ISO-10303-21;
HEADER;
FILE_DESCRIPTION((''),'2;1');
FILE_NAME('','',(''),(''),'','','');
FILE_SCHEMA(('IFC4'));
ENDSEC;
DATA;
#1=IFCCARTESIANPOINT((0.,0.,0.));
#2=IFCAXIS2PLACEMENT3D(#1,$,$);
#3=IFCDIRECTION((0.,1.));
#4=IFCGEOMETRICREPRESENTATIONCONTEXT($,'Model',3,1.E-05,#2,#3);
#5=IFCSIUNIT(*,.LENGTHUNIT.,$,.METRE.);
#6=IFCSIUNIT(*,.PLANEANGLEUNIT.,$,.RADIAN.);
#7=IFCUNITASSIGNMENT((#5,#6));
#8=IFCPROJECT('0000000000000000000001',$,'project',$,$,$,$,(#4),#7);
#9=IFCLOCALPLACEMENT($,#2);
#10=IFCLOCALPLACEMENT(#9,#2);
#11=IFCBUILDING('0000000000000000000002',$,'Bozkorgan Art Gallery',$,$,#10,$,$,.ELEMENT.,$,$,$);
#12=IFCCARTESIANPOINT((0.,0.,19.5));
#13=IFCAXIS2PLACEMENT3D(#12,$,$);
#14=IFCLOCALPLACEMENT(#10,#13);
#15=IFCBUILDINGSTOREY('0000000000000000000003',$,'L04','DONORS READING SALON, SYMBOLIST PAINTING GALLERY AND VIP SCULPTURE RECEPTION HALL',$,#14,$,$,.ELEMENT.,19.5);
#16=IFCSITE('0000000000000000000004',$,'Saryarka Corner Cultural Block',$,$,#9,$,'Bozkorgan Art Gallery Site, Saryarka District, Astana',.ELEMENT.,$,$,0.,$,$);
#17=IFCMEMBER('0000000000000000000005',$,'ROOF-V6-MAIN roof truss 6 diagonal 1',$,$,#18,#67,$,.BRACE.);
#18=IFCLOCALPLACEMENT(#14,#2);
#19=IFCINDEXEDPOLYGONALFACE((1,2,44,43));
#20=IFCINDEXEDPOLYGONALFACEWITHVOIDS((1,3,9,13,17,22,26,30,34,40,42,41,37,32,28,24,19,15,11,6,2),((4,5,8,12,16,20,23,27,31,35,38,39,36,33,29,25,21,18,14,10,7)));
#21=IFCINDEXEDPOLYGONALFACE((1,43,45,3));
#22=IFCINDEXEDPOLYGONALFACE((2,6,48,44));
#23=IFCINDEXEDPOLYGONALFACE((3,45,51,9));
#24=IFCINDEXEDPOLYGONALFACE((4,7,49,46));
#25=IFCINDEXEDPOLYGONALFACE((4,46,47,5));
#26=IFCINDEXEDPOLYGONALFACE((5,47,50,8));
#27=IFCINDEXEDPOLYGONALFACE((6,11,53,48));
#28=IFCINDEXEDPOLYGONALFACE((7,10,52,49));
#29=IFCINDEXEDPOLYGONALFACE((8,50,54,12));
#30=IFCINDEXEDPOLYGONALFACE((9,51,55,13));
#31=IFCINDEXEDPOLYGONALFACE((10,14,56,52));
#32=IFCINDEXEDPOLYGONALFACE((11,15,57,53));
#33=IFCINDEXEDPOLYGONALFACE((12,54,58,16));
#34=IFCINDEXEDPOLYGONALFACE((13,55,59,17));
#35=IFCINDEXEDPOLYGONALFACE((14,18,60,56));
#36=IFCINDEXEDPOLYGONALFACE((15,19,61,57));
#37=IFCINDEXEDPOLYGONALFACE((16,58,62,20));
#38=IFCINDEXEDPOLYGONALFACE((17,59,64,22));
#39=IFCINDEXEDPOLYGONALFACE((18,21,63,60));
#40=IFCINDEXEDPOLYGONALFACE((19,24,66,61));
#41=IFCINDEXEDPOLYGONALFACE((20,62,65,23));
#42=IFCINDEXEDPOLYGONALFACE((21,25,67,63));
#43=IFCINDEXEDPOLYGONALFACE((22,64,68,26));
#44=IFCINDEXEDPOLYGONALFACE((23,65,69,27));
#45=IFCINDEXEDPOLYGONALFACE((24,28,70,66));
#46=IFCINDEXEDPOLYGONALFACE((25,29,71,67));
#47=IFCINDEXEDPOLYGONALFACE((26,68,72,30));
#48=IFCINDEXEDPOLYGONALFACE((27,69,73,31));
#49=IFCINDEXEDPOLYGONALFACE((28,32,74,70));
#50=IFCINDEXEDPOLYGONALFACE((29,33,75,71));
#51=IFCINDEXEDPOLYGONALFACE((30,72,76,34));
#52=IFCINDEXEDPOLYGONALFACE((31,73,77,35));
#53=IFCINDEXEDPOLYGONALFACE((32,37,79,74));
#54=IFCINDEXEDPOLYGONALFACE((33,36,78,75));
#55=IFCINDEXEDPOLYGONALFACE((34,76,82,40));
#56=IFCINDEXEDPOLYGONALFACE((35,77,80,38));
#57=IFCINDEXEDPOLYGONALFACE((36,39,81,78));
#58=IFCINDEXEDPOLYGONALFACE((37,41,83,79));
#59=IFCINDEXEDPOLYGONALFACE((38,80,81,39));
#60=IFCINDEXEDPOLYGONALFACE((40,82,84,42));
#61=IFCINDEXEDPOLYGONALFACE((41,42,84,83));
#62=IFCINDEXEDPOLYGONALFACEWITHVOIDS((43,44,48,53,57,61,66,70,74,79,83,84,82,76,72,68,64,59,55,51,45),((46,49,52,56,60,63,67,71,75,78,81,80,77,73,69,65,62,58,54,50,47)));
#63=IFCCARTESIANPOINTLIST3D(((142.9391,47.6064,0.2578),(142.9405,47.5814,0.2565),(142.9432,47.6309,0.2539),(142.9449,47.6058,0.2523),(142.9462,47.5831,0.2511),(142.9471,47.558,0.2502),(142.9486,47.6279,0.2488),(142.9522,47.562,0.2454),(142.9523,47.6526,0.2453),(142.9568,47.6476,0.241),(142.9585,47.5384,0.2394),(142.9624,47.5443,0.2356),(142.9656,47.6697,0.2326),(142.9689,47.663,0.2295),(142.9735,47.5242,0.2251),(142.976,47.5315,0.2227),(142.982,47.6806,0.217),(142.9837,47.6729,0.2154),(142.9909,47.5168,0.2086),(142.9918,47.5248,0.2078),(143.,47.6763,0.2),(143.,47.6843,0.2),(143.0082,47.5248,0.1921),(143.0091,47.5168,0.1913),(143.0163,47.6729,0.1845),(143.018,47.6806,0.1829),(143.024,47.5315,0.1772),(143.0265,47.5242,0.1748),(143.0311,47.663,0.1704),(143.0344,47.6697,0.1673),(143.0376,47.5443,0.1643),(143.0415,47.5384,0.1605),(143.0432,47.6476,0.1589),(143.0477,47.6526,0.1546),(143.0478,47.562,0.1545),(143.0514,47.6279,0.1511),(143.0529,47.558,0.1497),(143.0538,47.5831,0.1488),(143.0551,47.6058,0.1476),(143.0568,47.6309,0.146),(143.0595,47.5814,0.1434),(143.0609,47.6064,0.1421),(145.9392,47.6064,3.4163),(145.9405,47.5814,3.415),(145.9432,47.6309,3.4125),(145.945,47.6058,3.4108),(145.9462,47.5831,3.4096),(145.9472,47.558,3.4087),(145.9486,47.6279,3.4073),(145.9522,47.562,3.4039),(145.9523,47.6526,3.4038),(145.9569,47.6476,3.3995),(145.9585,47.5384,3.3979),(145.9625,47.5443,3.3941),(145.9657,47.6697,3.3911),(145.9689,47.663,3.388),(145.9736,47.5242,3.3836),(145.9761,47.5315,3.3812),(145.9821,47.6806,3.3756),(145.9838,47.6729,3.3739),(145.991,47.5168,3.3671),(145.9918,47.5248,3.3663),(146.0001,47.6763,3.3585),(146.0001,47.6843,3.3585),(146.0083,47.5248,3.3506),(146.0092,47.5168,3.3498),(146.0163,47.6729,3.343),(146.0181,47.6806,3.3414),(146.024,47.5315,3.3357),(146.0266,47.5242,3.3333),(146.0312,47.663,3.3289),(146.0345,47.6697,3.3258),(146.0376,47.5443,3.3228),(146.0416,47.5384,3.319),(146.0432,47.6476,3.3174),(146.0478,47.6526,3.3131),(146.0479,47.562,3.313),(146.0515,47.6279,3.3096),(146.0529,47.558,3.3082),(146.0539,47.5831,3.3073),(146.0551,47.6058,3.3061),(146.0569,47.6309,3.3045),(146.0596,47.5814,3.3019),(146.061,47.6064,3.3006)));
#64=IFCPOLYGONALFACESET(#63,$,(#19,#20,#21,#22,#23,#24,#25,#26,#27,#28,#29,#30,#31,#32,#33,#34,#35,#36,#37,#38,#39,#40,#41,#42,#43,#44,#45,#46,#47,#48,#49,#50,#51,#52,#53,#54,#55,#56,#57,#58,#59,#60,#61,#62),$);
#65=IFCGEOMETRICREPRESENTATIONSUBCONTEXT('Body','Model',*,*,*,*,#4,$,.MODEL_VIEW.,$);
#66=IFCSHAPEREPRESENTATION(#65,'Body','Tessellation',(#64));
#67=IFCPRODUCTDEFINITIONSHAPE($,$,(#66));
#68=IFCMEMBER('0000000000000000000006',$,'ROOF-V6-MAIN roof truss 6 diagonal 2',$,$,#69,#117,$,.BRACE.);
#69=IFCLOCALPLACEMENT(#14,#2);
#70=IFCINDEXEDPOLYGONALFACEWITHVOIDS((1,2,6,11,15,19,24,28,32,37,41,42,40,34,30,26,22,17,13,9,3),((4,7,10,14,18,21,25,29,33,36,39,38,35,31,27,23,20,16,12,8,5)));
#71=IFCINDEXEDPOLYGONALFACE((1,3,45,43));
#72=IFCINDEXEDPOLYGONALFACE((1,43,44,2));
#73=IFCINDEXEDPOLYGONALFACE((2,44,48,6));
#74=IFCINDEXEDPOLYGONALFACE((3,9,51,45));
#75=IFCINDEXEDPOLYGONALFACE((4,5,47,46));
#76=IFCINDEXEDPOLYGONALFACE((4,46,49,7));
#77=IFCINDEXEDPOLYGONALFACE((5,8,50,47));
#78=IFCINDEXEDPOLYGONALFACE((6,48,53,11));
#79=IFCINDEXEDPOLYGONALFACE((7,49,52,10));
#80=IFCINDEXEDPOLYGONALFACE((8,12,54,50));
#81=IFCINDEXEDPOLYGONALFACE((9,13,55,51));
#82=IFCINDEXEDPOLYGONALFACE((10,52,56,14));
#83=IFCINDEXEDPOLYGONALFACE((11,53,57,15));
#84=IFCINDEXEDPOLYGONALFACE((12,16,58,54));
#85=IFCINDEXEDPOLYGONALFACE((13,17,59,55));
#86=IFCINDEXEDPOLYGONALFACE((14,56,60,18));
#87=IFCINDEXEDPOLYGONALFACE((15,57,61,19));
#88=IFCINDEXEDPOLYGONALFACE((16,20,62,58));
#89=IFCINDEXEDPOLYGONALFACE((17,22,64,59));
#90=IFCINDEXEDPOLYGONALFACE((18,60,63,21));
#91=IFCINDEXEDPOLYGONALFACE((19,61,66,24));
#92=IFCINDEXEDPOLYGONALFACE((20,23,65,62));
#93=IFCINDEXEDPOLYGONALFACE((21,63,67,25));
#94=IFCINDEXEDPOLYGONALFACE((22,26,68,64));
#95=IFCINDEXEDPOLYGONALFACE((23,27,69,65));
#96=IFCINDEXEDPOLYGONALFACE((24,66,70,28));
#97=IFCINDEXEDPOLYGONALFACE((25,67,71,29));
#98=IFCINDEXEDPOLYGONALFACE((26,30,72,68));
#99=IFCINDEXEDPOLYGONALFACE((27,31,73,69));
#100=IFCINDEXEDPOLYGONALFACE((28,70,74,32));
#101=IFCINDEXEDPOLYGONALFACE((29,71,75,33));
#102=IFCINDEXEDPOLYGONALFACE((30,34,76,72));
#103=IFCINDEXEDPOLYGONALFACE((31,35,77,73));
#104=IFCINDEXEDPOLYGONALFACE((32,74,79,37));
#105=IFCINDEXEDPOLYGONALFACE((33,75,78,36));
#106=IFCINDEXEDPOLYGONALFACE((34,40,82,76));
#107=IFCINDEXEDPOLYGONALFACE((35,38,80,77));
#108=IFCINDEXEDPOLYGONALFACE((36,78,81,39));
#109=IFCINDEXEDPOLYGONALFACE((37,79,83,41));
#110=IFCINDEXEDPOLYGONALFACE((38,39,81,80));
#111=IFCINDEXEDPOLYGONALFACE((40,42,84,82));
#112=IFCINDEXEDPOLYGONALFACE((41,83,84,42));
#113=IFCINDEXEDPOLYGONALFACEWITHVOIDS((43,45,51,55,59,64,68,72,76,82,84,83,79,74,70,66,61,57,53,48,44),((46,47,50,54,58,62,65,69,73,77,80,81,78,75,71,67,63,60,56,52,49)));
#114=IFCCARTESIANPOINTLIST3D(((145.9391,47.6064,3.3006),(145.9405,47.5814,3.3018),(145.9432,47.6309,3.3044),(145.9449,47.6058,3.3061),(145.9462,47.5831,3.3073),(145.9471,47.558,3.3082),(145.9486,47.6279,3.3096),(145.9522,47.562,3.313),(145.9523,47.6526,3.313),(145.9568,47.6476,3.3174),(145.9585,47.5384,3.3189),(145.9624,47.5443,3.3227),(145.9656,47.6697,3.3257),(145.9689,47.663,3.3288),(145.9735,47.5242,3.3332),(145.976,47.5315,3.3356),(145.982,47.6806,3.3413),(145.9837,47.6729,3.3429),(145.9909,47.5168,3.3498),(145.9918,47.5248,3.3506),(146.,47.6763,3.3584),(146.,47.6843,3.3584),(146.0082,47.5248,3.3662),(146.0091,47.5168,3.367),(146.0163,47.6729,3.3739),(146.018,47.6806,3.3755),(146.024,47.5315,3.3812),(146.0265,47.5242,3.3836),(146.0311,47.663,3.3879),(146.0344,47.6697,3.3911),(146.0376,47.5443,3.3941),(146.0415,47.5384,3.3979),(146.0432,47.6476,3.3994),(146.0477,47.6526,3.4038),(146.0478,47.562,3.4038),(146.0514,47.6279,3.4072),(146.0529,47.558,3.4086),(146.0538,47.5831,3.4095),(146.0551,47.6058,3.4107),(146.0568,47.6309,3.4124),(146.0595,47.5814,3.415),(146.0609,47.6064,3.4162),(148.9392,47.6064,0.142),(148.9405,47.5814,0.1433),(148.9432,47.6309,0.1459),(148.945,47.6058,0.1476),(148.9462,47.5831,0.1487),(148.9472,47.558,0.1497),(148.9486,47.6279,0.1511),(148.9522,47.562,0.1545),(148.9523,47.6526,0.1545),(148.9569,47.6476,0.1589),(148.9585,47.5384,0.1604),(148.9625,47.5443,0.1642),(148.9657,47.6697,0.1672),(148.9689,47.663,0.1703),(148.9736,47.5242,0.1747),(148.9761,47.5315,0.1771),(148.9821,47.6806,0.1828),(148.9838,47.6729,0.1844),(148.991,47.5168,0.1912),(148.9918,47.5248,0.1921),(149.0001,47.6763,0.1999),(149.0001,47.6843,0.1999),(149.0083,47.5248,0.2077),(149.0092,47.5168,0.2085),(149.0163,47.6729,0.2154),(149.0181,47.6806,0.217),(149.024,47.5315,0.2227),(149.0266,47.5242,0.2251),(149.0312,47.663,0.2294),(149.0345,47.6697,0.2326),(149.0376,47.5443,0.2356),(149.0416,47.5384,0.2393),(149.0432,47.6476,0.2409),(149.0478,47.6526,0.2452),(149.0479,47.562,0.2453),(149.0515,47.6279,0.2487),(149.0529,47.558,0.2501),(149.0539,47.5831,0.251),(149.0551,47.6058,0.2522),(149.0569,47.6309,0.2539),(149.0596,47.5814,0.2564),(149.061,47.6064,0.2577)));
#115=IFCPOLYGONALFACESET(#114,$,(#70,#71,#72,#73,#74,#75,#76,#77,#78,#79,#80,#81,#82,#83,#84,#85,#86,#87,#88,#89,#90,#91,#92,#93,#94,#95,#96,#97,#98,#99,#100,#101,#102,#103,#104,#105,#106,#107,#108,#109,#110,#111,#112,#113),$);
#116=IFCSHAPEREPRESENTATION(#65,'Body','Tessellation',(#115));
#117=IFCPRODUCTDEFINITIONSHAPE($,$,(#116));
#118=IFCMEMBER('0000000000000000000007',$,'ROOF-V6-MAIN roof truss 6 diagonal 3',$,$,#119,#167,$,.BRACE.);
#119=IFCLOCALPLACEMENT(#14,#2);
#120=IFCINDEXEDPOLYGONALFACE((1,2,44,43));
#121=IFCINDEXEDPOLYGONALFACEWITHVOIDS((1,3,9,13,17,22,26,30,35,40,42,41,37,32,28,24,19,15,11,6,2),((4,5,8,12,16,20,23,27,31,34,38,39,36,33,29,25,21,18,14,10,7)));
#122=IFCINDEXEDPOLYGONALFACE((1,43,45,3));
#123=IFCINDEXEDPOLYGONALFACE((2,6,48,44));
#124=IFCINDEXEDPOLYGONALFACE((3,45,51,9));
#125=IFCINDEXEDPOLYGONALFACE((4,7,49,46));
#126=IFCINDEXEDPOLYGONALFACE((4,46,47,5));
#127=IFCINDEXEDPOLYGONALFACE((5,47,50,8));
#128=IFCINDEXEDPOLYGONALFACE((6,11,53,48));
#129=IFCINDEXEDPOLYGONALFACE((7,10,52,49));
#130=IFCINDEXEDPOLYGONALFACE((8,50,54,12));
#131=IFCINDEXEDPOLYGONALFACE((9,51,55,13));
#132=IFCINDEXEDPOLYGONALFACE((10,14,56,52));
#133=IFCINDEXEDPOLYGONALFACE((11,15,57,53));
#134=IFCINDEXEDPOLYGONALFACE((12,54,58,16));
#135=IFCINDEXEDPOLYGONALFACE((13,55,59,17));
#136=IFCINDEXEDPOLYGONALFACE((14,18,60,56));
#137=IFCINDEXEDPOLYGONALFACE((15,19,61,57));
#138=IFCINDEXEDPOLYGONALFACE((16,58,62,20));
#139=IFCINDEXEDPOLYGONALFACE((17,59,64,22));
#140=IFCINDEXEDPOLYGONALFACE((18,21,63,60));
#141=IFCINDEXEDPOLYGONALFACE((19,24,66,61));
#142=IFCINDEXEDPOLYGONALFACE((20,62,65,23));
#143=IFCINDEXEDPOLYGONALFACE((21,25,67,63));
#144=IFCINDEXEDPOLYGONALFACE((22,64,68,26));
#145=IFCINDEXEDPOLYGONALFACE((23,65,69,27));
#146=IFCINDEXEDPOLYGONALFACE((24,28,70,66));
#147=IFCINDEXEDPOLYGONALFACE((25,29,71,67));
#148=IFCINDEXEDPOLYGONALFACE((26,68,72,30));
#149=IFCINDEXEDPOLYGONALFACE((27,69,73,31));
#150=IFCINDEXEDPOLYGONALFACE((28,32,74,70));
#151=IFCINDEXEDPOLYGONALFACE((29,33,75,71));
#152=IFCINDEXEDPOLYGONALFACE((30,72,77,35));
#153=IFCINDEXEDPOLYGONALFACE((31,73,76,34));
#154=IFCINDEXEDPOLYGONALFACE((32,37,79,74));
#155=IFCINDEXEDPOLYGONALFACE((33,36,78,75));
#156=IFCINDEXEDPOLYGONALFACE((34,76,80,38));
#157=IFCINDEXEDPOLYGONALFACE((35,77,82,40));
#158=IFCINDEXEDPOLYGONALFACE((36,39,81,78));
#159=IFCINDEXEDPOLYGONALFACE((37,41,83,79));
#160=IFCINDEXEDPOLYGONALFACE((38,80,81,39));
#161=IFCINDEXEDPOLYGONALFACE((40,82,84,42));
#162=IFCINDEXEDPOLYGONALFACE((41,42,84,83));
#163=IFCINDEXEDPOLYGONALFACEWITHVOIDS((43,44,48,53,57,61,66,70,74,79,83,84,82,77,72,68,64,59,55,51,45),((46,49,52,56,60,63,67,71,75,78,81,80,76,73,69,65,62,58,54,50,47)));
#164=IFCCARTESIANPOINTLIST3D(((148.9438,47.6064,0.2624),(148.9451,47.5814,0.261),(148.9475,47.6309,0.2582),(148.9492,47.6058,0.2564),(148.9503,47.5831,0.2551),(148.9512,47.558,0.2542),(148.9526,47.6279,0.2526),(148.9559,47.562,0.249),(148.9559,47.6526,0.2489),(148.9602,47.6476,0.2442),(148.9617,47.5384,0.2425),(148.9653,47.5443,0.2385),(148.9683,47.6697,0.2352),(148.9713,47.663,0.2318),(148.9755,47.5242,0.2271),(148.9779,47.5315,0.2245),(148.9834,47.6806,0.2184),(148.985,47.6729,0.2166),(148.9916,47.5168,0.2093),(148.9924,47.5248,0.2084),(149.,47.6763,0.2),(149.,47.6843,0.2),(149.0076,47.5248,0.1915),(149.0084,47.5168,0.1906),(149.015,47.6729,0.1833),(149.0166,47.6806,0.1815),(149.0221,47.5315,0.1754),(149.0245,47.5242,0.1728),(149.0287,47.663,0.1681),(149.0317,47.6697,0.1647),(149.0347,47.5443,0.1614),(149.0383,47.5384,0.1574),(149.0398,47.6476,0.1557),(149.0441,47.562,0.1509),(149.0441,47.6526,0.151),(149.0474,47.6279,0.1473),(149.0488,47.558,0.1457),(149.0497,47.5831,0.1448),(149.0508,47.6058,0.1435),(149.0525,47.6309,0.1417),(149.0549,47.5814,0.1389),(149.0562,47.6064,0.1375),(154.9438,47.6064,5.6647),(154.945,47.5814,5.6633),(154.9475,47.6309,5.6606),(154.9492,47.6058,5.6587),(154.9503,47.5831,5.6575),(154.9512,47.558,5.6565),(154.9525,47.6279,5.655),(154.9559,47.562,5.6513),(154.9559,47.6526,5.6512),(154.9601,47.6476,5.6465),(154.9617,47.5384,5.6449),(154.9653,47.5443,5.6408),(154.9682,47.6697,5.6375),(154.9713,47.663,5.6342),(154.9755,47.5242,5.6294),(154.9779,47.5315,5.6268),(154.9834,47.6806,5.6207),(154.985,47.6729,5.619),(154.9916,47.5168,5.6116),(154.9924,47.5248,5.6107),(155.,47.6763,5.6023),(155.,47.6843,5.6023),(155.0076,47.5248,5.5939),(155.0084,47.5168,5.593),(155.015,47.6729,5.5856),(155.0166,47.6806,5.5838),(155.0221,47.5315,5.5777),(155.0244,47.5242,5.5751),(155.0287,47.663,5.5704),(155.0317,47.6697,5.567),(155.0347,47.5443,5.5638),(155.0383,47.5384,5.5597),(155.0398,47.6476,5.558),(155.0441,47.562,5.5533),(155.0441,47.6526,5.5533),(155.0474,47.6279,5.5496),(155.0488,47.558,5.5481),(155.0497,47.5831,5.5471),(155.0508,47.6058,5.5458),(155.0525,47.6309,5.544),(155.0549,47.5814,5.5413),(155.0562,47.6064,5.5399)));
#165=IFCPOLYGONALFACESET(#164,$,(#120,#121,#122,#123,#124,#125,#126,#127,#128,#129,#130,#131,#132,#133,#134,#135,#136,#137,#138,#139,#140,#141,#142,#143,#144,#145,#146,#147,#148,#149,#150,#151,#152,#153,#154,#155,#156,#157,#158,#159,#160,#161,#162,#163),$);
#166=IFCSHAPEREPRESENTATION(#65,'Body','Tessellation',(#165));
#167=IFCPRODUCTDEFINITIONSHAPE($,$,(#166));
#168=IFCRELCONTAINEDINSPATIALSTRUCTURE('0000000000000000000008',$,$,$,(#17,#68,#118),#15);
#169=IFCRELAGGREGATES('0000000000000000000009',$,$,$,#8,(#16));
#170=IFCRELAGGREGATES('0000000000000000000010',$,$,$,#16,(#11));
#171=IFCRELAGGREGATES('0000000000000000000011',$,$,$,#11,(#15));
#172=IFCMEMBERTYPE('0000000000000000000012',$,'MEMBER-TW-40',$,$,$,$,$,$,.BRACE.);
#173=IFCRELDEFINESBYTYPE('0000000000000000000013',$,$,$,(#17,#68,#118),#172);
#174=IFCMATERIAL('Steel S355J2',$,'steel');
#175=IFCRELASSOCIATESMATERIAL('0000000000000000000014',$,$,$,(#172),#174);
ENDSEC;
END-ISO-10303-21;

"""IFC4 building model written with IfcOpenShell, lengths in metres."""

from ifc_helpers import new_model, si_unit, direction, frame, origin, origin_2d, place, context, subcontext, project, spatial, hollow_circle, extrude, material, material_profile, profile_set, type_object, element, save


model = new_model("IFC4")

# Units and contexts
model_context = context("Model", 3, precision=1e-05, world=origin(), true_north=direction((0.0, 1.0)))
body_context = subcontext(model_context, "Body", "Model", "MODEL_VIEW")
ifc_project = project(units=[si_unit("LENGTHUNIT", "METRE"), si_unit("PLANEANGLEUNIT", "RADIAN")], contexts=[model_context])

# Site, building, storey
site_placement = place(None, origin())
site = spatial("IfcSite", under=ifc_project, at=site_placement, Name="Saryarka Corner Cultural Block", LongName="Bozkorgan Art Gallery Site, Saryarka District, Astana", CompositionType="ELEMENT", RefElevation=0.0)
building_placement = place(site_placement, origin())
building = spatial("IfcBuilding", under=site, at=building_placement, Name="Bozkorgan Art Gallery", CompositionType="ELEMENT")
storey_placement = place(building_placement, frame((0.0, 0.0, 19.5)))
storey = spatial("IfcBuildingStorey", under=building, at=storey_placement, Name="L04", Description="DONORS READING SALON, SYMBOLIST PAINTING GALLERY AND VIP SCULPTURE RECEPTION HALL", CompositionType="ELEMENT", Elevation=19.5)

# Shared definitions
ifc_material = material(Name="Steel S355J2", Category="steel")

# Members
ifc_material_profile_1 = material_profile(ifc_material, hollow_circle(Radius=0.0842, WallThickness=0.0081, at=origin_2d()), Name="CHS 168.3x8")
ifc_profile_set_1 = profile_set([ifc_material_profile_1], Name="Steel S355J2")
member_type_1 = type_object("IfcMemberType", Name="MEMBER-TW-40", PredefinedType="BRACE", material=ifc_profile_set_1)
for number, where, z_axis, x_axis, name in (
    (1, (143.0, 47.6001, 0.2), (0.688686, 0.0, 0.72506), (0.0, 1.0, 0.0), "ROOF-V6-MAIN roof truss 6 diagonal 1"),
    (2, (146.0, 47.6001, 3.3584), (0.688686, 0.0, -0.72506), (0.0, 1.0, 0.0), "ROOF-V6-MAIN roof truss 6 diagonal 2"),
):
    element("IfcMember", number, at=place(storey_placement, frame(where, z_axis=z_axis, x_axis=x_axis)), inside=storey, type_object=member_type_1, Name=name, PredefinedType="BRACE", context=body_context, shape_type="SweptSolid", body=[
        extrude(hollow_circle(Radius=0.0842, WallThickness=0.0081, at=origin_2d()), origin(), (0.0, 0.0, 1.0), 4.3562),
    ])
member_1_placement = place(storey_placement, frame((149.0, 47.6001, 0.2), z_axis=(0.74315, 0.0, 0.669125), x_axis=(0.0, 1.0, 0.0)))
element("IfcMember", 3, at=member_1_placement, inside=storey, type_object=member_type_1, Name="ROOF-V6-MAIN roof truss 6 diagonal 3", PredefinedType="BRACE", context=body_context, shape_type="SweptSolid", body=[
    extrude(hollow_circle(Radius=0.0842, WallThickness=0.0081, at=origin_2d()), origin(), (0.0, 0.0, 1.0), 8.0737),
])

save(model, "model.ifc")
